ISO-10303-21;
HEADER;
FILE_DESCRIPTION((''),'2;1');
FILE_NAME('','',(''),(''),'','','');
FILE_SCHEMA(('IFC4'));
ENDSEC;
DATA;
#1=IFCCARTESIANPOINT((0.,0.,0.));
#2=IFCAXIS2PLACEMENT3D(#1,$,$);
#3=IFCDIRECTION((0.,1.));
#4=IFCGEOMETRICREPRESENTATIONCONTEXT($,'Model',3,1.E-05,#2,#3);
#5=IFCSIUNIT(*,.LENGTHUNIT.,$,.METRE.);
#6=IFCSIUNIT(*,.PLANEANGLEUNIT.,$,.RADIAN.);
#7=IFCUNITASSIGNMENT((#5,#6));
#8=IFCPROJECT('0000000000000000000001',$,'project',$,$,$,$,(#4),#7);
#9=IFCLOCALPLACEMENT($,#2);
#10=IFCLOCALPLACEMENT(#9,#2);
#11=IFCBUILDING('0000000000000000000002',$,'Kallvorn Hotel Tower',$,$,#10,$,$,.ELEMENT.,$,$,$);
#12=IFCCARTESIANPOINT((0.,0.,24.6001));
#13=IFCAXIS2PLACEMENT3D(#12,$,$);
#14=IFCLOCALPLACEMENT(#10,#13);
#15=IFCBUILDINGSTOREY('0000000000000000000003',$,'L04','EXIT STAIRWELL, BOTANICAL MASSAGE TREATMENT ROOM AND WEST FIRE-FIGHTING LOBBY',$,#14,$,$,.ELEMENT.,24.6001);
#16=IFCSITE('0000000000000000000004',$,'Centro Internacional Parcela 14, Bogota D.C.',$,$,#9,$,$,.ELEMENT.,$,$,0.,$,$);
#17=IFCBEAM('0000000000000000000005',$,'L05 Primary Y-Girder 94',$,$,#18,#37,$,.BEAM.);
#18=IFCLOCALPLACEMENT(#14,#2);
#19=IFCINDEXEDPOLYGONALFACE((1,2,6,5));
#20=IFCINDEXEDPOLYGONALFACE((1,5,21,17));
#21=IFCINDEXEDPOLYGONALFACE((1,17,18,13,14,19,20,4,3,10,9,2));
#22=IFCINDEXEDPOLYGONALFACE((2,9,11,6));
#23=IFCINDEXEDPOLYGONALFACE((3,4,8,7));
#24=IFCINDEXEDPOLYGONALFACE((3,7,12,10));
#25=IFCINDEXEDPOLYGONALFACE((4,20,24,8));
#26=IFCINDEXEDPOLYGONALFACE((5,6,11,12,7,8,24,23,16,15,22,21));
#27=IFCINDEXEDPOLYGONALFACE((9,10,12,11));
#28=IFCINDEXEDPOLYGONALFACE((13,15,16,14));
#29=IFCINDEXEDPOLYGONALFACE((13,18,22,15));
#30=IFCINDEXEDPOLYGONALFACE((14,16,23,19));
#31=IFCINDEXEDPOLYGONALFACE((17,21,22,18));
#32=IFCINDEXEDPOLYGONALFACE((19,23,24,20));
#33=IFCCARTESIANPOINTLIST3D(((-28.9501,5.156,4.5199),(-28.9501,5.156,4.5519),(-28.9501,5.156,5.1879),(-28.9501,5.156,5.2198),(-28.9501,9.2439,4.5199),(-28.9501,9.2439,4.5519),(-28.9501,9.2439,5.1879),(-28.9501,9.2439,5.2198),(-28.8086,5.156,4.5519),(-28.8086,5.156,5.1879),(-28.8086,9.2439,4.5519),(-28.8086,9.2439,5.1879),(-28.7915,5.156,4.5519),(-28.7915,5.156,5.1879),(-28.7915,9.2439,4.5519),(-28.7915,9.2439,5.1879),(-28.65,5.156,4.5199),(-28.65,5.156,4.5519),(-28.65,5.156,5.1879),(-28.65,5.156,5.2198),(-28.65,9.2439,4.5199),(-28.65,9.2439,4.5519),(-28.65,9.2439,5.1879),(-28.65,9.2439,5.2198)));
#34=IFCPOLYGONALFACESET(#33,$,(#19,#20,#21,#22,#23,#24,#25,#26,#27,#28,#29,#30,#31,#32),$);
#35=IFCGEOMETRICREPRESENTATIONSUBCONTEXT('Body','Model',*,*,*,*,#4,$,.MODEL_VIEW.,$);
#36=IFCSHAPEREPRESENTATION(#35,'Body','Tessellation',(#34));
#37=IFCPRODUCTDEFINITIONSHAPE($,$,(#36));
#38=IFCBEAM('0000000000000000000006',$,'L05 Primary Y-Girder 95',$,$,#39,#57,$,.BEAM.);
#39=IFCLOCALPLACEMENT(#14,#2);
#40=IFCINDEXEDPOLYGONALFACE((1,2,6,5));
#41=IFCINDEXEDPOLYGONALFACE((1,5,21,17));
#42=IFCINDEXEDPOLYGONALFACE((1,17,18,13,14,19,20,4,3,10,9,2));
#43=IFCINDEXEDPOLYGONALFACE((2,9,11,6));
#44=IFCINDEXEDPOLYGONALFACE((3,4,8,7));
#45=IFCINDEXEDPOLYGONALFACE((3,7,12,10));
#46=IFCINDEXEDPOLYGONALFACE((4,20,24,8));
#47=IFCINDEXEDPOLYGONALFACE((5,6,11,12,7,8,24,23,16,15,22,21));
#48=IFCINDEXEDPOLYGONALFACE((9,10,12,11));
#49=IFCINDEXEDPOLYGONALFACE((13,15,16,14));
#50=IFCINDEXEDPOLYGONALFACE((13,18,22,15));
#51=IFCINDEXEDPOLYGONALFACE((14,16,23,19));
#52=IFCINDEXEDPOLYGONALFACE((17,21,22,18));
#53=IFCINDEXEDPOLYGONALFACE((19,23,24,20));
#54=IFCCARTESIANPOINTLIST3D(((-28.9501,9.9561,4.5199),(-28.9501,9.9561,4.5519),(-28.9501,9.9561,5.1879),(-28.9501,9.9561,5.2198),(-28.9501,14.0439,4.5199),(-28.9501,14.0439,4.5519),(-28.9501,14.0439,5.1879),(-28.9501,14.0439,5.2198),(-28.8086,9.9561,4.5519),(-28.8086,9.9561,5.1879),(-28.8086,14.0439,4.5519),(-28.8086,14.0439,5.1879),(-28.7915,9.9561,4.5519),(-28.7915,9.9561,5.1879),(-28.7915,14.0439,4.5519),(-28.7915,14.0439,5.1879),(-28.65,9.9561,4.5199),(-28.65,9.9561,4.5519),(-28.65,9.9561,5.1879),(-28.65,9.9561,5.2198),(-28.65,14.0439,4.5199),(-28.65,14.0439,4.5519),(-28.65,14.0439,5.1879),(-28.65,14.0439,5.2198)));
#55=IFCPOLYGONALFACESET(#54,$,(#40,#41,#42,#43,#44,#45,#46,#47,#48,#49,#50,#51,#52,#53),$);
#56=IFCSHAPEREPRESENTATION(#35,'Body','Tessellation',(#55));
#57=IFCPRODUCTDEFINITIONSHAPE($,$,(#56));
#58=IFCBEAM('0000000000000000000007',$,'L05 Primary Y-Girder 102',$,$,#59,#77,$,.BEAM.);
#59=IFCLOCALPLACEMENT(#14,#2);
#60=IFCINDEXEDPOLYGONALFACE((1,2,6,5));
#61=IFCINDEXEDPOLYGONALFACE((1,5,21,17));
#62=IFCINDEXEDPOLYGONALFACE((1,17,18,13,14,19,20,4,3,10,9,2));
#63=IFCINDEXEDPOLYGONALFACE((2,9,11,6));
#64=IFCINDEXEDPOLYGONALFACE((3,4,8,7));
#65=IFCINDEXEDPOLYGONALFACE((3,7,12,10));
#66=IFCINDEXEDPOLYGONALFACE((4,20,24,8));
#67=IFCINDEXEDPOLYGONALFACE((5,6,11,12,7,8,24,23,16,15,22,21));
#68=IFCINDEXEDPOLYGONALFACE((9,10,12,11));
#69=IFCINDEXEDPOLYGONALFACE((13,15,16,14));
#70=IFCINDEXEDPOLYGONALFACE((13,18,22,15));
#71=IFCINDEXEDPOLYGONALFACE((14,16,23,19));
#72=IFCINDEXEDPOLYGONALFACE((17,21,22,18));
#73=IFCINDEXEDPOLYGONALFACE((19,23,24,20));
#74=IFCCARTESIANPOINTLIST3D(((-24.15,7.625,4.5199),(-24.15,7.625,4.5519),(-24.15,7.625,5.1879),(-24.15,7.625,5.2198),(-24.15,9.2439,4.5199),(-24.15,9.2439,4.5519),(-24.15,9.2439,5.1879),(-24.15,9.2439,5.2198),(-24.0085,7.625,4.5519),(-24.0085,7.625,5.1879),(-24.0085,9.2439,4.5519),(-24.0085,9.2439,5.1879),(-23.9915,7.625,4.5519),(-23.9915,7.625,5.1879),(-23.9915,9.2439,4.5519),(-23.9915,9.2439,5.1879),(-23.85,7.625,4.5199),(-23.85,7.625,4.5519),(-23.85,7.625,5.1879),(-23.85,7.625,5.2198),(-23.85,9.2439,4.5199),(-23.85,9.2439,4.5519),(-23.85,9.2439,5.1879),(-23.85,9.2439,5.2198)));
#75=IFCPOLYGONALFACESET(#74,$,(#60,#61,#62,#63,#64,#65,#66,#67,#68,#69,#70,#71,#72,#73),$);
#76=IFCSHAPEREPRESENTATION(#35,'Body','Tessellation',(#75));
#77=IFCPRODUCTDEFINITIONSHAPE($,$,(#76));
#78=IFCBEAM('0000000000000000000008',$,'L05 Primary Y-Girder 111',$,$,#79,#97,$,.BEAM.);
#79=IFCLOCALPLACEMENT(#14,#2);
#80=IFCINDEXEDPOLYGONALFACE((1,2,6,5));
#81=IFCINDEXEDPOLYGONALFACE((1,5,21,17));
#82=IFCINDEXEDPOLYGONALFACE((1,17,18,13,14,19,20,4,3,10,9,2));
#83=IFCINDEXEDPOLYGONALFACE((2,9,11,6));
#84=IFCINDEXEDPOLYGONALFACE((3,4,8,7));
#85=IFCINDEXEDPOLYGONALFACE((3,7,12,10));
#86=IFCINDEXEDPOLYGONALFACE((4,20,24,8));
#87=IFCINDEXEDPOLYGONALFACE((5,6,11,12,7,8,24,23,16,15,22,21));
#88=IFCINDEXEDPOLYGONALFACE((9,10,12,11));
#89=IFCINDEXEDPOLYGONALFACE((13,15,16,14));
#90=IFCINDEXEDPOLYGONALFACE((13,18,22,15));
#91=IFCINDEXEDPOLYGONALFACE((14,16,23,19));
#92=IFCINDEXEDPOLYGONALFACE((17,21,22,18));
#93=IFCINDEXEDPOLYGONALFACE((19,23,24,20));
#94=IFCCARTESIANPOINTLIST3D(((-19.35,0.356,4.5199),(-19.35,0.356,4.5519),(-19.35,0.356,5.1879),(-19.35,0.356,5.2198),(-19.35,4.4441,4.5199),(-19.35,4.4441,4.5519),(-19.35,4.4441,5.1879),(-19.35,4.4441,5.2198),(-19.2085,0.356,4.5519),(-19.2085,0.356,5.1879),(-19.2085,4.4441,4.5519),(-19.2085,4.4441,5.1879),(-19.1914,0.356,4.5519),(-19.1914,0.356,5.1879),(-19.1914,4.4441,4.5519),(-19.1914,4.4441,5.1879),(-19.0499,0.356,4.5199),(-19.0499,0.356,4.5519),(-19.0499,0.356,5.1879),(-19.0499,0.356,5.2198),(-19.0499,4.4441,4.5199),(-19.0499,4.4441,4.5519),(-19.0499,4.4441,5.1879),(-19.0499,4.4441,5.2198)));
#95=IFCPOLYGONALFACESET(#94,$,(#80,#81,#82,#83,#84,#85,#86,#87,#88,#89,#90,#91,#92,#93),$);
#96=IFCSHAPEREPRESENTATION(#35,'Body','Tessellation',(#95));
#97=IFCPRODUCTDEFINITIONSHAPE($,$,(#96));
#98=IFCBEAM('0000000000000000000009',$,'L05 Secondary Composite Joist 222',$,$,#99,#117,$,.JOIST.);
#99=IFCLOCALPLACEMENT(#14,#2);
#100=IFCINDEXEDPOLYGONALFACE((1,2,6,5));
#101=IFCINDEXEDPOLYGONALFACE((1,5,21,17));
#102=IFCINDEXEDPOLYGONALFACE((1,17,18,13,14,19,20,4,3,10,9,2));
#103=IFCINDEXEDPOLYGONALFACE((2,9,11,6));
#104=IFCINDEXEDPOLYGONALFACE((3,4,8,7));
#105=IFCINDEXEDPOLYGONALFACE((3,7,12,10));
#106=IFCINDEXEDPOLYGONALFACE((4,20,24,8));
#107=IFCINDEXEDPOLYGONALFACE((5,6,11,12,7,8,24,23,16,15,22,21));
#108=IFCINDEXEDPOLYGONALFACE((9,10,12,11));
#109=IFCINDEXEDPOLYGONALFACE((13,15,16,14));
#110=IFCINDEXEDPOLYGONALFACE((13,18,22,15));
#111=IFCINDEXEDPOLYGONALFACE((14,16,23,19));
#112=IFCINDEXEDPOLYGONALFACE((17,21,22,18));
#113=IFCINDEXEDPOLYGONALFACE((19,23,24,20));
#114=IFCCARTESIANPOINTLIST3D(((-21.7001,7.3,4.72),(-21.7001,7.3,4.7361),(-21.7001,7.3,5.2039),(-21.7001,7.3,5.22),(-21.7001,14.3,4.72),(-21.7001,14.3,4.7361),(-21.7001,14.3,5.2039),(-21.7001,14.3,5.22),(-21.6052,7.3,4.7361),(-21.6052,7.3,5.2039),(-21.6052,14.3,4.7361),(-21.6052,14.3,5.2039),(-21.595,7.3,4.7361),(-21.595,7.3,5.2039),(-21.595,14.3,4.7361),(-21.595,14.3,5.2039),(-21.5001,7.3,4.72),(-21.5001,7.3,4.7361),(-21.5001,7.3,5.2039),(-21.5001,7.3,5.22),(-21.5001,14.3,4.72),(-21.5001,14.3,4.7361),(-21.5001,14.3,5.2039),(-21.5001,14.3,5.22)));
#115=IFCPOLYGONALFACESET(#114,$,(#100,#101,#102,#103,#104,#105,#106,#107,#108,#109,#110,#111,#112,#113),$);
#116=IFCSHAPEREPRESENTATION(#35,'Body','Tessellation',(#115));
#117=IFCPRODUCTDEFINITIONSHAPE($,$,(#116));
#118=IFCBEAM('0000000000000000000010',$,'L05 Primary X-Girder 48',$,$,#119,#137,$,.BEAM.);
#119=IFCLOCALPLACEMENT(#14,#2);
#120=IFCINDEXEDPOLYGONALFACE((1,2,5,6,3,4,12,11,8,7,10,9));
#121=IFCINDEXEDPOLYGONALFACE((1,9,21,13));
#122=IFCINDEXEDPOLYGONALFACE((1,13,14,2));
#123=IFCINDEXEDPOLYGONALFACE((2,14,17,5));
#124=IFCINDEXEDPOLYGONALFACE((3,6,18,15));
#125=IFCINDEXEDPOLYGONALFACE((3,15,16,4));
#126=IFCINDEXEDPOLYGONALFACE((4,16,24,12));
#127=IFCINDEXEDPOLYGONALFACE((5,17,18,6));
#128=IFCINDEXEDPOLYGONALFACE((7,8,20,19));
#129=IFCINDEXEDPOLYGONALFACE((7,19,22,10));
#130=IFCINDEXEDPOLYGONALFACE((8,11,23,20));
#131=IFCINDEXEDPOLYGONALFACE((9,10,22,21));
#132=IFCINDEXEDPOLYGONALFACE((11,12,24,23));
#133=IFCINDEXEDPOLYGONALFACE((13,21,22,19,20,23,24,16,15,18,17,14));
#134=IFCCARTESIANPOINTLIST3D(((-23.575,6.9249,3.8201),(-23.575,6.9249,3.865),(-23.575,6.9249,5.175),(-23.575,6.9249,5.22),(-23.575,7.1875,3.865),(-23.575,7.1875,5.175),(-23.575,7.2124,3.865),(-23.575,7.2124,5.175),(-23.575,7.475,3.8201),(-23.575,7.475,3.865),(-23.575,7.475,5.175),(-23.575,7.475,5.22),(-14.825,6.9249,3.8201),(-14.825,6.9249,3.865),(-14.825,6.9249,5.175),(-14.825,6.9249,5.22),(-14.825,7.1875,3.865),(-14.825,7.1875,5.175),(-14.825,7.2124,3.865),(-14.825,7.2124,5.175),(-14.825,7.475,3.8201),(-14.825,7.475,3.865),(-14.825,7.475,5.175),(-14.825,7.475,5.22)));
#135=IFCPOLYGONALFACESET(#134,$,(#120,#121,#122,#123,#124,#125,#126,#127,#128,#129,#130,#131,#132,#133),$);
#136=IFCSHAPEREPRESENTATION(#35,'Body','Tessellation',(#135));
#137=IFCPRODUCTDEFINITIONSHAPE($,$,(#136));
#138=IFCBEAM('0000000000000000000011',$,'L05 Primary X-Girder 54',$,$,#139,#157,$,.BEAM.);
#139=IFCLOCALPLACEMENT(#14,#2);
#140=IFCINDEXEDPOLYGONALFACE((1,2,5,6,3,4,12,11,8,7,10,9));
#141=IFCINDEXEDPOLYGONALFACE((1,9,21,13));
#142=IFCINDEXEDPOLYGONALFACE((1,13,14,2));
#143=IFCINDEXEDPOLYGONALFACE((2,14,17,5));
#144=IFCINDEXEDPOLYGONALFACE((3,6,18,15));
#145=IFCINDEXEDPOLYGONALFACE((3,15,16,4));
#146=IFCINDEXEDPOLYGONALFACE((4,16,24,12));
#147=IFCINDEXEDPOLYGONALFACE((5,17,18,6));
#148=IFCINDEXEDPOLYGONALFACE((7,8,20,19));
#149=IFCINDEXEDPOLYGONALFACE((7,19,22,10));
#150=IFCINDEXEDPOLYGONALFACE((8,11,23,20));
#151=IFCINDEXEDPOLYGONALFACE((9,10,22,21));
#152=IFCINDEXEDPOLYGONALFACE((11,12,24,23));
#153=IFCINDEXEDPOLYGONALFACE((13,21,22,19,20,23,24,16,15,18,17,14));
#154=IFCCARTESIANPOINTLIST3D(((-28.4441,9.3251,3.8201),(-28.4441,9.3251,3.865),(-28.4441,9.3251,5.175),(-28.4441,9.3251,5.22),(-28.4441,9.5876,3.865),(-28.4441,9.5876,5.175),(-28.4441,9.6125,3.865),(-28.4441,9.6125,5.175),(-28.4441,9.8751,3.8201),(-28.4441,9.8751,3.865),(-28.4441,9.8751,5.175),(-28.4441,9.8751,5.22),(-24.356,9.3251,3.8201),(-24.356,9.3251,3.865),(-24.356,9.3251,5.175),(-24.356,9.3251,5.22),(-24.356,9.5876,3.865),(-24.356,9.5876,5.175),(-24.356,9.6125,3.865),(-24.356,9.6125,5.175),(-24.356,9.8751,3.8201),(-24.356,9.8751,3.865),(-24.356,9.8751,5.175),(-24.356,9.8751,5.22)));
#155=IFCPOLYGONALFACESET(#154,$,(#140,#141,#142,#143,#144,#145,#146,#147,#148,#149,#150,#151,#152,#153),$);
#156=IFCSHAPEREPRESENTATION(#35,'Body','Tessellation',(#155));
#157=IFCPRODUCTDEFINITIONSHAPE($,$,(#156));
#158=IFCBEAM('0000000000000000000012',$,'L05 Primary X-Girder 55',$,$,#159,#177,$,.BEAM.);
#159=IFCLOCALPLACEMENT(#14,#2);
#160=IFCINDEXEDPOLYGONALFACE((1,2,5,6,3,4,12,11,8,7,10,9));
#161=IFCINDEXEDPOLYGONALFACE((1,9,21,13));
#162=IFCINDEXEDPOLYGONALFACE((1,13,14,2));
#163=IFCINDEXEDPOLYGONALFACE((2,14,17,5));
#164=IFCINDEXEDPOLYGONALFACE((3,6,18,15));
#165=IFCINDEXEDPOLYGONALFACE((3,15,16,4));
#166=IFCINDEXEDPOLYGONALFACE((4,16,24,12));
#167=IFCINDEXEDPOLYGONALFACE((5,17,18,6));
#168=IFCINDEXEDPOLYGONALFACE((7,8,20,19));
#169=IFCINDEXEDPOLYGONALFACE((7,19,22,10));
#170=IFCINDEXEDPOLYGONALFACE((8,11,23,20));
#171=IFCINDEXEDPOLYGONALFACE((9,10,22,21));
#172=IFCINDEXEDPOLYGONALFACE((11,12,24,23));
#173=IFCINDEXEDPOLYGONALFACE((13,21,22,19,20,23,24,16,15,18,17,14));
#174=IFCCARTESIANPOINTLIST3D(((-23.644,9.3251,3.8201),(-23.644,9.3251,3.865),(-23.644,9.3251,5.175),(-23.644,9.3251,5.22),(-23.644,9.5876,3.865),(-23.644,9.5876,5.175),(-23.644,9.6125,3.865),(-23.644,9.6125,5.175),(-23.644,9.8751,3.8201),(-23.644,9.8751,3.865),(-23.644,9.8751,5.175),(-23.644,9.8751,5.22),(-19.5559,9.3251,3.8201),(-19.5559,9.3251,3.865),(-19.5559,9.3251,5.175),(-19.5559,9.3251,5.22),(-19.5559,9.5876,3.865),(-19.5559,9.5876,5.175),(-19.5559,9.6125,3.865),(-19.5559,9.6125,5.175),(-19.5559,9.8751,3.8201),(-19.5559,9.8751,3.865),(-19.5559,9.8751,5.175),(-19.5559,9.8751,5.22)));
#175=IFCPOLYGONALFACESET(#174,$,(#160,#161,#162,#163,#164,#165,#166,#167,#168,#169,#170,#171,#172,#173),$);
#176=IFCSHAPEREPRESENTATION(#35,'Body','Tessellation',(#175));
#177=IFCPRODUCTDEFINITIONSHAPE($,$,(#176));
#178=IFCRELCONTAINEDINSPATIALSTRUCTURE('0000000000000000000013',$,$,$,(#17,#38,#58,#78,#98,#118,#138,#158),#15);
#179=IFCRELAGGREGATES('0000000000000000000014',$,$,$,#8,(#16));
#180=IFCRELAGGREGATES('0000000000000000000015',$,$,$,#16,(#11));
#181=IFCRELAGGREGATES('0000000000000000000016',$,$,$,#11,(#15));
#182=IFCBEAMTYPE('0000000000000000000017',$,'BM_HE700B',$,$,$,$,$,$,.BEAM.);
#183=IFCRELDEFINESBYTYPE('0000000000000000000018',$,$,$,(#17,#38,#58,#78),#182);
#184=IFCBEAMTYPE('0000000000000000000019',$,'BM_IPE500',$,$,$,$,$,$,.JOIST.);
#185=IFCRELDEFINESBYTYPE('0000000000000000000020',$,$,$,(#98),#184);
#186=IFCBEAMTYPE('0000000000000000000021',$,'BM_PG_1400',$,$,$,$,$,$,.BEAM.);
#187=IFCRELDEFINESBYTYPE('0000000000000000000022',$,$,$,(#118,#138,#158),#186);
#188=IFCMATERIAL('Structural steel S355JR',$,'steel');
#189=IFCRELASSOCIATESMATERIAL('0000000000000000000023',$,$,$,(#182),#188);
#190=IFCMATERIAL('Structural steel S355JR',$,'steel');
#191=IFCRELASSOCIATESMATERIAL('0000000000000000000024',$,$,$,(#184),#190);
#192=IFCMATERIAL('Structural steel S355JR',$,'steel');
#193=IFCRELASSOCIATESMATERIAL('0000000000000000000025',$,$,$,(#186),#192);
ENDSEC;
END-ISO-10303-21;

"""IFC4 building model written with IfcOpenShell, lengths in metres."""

from ifc_helpers import new_model, si_unit, direction, frame, origin, origin_2d, place, context, subcontext, project, spatial, i_section, extrude, material, material_profile, profile_set, type_object, element, save


model = new_model("IFC4")

# Units and contexts
model_context = context("Model", 3, precision=1e-05, world=origin(), true_north=direction((0.0, 1.0)))
body_context = subcontext(model_context, "Body", "Model", "MODEL_VIEW")
ifc_project = project(units=[si_unit("LENGTHUNIT", "METRE"), si_unit("PLANEANGLEUNIT", "RADIAN")], contexts=[model_context])

# Site, building, storey
site_placement = place(None, origin())
site = spatial("IfcSite", under=ifc_project, at=site_placement, Name="Centro Internacional Parcela 14, Bogota D.C.", CompositionType="ELEMENT", RefElevation=0.0)
building_placement = place(site_placement, origin())
building = spatial("IfcBuilding", under=site, at=building_placement, Name="Kallvorn Hotel Tower", CompositionType="ELEMENT")
storey_placement = place(building_placement, frame((0.0, 0.0, 24.6001)))
storey = spatial("IfcBuildingStorey", under=building, at=storey_placement, Name="L04", Description="EXIT STAIRWELL, BOTANICAL MASSAGE TREATMENT ROOM AND WEST FIRE-FIGHTING LOBBY", CompositionType="ELEMENT", Elevation=24.6001)

# Beams
ifc_material_1 = material(Name="Structural steel S355JR", Category="steel")
ifc_material_profile_1 = material_profile(ifc_material_1, i_section(OverallWidth=0.3, OverallDepth=0.7, WebThickness=0.0171, FlangeThickness=0.032, at=origin_2d()), Name="HE 700 B")
ifc_profile_set_1 = profile_set([ifc_material_profile_1], Name="Structural steel S355JR")
beam_type_1 = type_object("IfcBeamType", Name="BM_HE700B", PredefinedType="BEAM", material=ifc_profile_set_1)
for number, where, z_axis, x_axis, name in (
    (1, (-28.8, 5.156, 4.8699), (0.0, 1.0, 0.0), (-1.0, 0.0, 0.0), "L05 Primary Y-Girder 94"),
    (2, (-28.8, 9.9561, 4.8699), (0.0, 1.0, 0.0), (-1.0, 0.0, 0.0), "L05 Primary Y-Girder 95"),
):
    element("IfcBeam", number, at=place(storey_placement, frame(where, z_axis=z_axis, x_axis=x_axis)), inside=storey, type_object=beam_type_1, Name=name, PredefinedType="BEAM", context=body_context, shape_type="SweptSolid", body=[
        extrude(i_section(OverallWidth=0.3, OverallDepth=0.7, WebThickness=0.0171, FlangeThickness=0.032, at=origin_2d()), origin(), (0.0, 0.0, 1.0), 4.0879),
    ])
beam_1_placement = place(storey_placement, frame((-24.0, 7.625, 4.8699), z_axis=(0.0, 1.0, 0.0), x_axis=(-1.0, 0.0, 0.0)))
element("IfcBeam", 3, at=beam_1_placement, inside=storey, type_object=beam_type_1, Name="L05 Primary Y-Girder 102", PredefinedType="BEAM", context=body_context, shape_type="SweptSolid", body=[
    extrude(i_section(OverallWidth=0.3, OverallDepth=0.7, WebThickness=0.0171, FlangeThickness=0.032, at=origin_2d()), origin(), (0.0, 0.0, 1.0), 1.6189),
])
beam_2_placement = place(storey_placement, frame((-19.2, 0.356, 4.8699), z_axis=(0.0, 1.0, 0.0), x_axis=(-1.0, 0.0, 0.0)))
element("IfcBeam", 4, at=beam_2_placement, inside=storey, type_object=beam_type_1, Name="L05 Primary Y-Girder 111", PredefinedType="BEAM", context=body_context, shape_type="SweptSolid", body=[
    extrude(i_section(OverallWidth=0.3, OverallDepth=0.7, WebThickness=0.0171, FlangeThickness=0.032, at=origin_2d()), origin(), (0.0, 0.0, 1.0), 4.0881),
])
ifc_material_2 = material(Name="Structural steel S355JR", Category="steel")
ifc_material_profile_2 = material_profile(ifc_material_2, i_section(OverallWidth=0.2, OverallDepth=0.5, WebThickness=0.0103, FlangeThickness=0.0161, at=origin_2d()), Name="IPE 500")
ifc_profile_set_2 = profile_set([ifc_material_profile_2], Name="Structural steel S355JR")
beam_type_2 = type_object("IfcBeamType", Name="BM_IPE500", PredefinedType="JOIST", material=ifc_profile_set_2)
beam_3_placement = place(storey_placement, frame((-21.6001, 7.3, 4.97), z_axis=(0.0, 1.0, 0.0), x_axis=(-1.0, 0.0, 0.0)))
element("IfcBeam", 5, at=beam_3_placement, inside=storey, type_object=beam_type_2, Name="L05 Secondary Composite Joist 222", PredefinedType="JOIST", context=body_context, shape_type="SweptSolid", body=[
    extrude(i_section(OverallWidth=0.2, OverallDepth=0.5, WebThickness=0.0103, FlangeThickness=0.0161, at=origin_2d()), origin(), (0.0, 0.0, 1.0), 7.0),
])
ifc_material_3 = material(Name="Structural steel S355JR", Category="steel")
ifc_material_profile_3 = material_profile(ifc_material_3, i_section(OverallWidth=0.55, OverallDepth=1.3999, WebThickness=0.0249, FlangeThickness=0.0449, at=origin_2d()), Name="PG 1400x550x25x45")
ifc_profile_set_3 = profile_set([ifc_material_profile_3], Name="Structural steel S355JR")
beam_type_3 = type_object("IfcBeamType", Name="BM_PG_1400", PredefinedType="BEAM", material=ifc_profile_set_3)
beam_4_placement = place(storey_placement, frame((-23.575, 7.2, 4.52), z_axis=(1.0, 0.0, 0.0), x_axis=(0.0, 1.0, 0.0)))
element("IfcBeam", 6, at=beam_4_placement, inside=storey, type_object=beam_type_3, Name="L05 Primary X-Girder 48", PredefinedType="BEAM", context=body_context, shape_type="SweptSolid", body=[
    extrude(i_section(OverallWidth=0.55, OverallDepth=1.3999, WebThickness=0.0249, FlangeThickness=0.0449, at=origin_2d()), origin(), (0.0, 0.0, 1.0), 8.75),
])
for number, where, z_axis, x_axis, name in (
    (7, (-28.4441, 9.6001, 4.52), (1.0, 0.0, 0.0), (0.0, 1.0, 0.0), "L05 Primary X-Girder 54"),
    (8, (-23.644, 9.6001, 4.52), (1.0, 0.0, 0.0), (0.0, 1.0, 0.0), "L05 Primary X-Girder 55"),
):
    element("IfcBeam", number, at=place(storey_placement, frame(where, z_axis=z_axis, x_axis=x_axis)), inside=storey, type_object=beam_type_3, Name=name, PredefinedType="BEAM", context=body_context, shape_type="SweptSolid", body=[
        extrude(i_section(OverallWidth=0.55, OverallDepth=1.3999, WebThickness=0.0249, FlangeThickness=0.0449, at=origin_2d()), origin(), (0.0, 0.0, 1.0), 4.0881),
    ])

save(model, "model.ifc")
